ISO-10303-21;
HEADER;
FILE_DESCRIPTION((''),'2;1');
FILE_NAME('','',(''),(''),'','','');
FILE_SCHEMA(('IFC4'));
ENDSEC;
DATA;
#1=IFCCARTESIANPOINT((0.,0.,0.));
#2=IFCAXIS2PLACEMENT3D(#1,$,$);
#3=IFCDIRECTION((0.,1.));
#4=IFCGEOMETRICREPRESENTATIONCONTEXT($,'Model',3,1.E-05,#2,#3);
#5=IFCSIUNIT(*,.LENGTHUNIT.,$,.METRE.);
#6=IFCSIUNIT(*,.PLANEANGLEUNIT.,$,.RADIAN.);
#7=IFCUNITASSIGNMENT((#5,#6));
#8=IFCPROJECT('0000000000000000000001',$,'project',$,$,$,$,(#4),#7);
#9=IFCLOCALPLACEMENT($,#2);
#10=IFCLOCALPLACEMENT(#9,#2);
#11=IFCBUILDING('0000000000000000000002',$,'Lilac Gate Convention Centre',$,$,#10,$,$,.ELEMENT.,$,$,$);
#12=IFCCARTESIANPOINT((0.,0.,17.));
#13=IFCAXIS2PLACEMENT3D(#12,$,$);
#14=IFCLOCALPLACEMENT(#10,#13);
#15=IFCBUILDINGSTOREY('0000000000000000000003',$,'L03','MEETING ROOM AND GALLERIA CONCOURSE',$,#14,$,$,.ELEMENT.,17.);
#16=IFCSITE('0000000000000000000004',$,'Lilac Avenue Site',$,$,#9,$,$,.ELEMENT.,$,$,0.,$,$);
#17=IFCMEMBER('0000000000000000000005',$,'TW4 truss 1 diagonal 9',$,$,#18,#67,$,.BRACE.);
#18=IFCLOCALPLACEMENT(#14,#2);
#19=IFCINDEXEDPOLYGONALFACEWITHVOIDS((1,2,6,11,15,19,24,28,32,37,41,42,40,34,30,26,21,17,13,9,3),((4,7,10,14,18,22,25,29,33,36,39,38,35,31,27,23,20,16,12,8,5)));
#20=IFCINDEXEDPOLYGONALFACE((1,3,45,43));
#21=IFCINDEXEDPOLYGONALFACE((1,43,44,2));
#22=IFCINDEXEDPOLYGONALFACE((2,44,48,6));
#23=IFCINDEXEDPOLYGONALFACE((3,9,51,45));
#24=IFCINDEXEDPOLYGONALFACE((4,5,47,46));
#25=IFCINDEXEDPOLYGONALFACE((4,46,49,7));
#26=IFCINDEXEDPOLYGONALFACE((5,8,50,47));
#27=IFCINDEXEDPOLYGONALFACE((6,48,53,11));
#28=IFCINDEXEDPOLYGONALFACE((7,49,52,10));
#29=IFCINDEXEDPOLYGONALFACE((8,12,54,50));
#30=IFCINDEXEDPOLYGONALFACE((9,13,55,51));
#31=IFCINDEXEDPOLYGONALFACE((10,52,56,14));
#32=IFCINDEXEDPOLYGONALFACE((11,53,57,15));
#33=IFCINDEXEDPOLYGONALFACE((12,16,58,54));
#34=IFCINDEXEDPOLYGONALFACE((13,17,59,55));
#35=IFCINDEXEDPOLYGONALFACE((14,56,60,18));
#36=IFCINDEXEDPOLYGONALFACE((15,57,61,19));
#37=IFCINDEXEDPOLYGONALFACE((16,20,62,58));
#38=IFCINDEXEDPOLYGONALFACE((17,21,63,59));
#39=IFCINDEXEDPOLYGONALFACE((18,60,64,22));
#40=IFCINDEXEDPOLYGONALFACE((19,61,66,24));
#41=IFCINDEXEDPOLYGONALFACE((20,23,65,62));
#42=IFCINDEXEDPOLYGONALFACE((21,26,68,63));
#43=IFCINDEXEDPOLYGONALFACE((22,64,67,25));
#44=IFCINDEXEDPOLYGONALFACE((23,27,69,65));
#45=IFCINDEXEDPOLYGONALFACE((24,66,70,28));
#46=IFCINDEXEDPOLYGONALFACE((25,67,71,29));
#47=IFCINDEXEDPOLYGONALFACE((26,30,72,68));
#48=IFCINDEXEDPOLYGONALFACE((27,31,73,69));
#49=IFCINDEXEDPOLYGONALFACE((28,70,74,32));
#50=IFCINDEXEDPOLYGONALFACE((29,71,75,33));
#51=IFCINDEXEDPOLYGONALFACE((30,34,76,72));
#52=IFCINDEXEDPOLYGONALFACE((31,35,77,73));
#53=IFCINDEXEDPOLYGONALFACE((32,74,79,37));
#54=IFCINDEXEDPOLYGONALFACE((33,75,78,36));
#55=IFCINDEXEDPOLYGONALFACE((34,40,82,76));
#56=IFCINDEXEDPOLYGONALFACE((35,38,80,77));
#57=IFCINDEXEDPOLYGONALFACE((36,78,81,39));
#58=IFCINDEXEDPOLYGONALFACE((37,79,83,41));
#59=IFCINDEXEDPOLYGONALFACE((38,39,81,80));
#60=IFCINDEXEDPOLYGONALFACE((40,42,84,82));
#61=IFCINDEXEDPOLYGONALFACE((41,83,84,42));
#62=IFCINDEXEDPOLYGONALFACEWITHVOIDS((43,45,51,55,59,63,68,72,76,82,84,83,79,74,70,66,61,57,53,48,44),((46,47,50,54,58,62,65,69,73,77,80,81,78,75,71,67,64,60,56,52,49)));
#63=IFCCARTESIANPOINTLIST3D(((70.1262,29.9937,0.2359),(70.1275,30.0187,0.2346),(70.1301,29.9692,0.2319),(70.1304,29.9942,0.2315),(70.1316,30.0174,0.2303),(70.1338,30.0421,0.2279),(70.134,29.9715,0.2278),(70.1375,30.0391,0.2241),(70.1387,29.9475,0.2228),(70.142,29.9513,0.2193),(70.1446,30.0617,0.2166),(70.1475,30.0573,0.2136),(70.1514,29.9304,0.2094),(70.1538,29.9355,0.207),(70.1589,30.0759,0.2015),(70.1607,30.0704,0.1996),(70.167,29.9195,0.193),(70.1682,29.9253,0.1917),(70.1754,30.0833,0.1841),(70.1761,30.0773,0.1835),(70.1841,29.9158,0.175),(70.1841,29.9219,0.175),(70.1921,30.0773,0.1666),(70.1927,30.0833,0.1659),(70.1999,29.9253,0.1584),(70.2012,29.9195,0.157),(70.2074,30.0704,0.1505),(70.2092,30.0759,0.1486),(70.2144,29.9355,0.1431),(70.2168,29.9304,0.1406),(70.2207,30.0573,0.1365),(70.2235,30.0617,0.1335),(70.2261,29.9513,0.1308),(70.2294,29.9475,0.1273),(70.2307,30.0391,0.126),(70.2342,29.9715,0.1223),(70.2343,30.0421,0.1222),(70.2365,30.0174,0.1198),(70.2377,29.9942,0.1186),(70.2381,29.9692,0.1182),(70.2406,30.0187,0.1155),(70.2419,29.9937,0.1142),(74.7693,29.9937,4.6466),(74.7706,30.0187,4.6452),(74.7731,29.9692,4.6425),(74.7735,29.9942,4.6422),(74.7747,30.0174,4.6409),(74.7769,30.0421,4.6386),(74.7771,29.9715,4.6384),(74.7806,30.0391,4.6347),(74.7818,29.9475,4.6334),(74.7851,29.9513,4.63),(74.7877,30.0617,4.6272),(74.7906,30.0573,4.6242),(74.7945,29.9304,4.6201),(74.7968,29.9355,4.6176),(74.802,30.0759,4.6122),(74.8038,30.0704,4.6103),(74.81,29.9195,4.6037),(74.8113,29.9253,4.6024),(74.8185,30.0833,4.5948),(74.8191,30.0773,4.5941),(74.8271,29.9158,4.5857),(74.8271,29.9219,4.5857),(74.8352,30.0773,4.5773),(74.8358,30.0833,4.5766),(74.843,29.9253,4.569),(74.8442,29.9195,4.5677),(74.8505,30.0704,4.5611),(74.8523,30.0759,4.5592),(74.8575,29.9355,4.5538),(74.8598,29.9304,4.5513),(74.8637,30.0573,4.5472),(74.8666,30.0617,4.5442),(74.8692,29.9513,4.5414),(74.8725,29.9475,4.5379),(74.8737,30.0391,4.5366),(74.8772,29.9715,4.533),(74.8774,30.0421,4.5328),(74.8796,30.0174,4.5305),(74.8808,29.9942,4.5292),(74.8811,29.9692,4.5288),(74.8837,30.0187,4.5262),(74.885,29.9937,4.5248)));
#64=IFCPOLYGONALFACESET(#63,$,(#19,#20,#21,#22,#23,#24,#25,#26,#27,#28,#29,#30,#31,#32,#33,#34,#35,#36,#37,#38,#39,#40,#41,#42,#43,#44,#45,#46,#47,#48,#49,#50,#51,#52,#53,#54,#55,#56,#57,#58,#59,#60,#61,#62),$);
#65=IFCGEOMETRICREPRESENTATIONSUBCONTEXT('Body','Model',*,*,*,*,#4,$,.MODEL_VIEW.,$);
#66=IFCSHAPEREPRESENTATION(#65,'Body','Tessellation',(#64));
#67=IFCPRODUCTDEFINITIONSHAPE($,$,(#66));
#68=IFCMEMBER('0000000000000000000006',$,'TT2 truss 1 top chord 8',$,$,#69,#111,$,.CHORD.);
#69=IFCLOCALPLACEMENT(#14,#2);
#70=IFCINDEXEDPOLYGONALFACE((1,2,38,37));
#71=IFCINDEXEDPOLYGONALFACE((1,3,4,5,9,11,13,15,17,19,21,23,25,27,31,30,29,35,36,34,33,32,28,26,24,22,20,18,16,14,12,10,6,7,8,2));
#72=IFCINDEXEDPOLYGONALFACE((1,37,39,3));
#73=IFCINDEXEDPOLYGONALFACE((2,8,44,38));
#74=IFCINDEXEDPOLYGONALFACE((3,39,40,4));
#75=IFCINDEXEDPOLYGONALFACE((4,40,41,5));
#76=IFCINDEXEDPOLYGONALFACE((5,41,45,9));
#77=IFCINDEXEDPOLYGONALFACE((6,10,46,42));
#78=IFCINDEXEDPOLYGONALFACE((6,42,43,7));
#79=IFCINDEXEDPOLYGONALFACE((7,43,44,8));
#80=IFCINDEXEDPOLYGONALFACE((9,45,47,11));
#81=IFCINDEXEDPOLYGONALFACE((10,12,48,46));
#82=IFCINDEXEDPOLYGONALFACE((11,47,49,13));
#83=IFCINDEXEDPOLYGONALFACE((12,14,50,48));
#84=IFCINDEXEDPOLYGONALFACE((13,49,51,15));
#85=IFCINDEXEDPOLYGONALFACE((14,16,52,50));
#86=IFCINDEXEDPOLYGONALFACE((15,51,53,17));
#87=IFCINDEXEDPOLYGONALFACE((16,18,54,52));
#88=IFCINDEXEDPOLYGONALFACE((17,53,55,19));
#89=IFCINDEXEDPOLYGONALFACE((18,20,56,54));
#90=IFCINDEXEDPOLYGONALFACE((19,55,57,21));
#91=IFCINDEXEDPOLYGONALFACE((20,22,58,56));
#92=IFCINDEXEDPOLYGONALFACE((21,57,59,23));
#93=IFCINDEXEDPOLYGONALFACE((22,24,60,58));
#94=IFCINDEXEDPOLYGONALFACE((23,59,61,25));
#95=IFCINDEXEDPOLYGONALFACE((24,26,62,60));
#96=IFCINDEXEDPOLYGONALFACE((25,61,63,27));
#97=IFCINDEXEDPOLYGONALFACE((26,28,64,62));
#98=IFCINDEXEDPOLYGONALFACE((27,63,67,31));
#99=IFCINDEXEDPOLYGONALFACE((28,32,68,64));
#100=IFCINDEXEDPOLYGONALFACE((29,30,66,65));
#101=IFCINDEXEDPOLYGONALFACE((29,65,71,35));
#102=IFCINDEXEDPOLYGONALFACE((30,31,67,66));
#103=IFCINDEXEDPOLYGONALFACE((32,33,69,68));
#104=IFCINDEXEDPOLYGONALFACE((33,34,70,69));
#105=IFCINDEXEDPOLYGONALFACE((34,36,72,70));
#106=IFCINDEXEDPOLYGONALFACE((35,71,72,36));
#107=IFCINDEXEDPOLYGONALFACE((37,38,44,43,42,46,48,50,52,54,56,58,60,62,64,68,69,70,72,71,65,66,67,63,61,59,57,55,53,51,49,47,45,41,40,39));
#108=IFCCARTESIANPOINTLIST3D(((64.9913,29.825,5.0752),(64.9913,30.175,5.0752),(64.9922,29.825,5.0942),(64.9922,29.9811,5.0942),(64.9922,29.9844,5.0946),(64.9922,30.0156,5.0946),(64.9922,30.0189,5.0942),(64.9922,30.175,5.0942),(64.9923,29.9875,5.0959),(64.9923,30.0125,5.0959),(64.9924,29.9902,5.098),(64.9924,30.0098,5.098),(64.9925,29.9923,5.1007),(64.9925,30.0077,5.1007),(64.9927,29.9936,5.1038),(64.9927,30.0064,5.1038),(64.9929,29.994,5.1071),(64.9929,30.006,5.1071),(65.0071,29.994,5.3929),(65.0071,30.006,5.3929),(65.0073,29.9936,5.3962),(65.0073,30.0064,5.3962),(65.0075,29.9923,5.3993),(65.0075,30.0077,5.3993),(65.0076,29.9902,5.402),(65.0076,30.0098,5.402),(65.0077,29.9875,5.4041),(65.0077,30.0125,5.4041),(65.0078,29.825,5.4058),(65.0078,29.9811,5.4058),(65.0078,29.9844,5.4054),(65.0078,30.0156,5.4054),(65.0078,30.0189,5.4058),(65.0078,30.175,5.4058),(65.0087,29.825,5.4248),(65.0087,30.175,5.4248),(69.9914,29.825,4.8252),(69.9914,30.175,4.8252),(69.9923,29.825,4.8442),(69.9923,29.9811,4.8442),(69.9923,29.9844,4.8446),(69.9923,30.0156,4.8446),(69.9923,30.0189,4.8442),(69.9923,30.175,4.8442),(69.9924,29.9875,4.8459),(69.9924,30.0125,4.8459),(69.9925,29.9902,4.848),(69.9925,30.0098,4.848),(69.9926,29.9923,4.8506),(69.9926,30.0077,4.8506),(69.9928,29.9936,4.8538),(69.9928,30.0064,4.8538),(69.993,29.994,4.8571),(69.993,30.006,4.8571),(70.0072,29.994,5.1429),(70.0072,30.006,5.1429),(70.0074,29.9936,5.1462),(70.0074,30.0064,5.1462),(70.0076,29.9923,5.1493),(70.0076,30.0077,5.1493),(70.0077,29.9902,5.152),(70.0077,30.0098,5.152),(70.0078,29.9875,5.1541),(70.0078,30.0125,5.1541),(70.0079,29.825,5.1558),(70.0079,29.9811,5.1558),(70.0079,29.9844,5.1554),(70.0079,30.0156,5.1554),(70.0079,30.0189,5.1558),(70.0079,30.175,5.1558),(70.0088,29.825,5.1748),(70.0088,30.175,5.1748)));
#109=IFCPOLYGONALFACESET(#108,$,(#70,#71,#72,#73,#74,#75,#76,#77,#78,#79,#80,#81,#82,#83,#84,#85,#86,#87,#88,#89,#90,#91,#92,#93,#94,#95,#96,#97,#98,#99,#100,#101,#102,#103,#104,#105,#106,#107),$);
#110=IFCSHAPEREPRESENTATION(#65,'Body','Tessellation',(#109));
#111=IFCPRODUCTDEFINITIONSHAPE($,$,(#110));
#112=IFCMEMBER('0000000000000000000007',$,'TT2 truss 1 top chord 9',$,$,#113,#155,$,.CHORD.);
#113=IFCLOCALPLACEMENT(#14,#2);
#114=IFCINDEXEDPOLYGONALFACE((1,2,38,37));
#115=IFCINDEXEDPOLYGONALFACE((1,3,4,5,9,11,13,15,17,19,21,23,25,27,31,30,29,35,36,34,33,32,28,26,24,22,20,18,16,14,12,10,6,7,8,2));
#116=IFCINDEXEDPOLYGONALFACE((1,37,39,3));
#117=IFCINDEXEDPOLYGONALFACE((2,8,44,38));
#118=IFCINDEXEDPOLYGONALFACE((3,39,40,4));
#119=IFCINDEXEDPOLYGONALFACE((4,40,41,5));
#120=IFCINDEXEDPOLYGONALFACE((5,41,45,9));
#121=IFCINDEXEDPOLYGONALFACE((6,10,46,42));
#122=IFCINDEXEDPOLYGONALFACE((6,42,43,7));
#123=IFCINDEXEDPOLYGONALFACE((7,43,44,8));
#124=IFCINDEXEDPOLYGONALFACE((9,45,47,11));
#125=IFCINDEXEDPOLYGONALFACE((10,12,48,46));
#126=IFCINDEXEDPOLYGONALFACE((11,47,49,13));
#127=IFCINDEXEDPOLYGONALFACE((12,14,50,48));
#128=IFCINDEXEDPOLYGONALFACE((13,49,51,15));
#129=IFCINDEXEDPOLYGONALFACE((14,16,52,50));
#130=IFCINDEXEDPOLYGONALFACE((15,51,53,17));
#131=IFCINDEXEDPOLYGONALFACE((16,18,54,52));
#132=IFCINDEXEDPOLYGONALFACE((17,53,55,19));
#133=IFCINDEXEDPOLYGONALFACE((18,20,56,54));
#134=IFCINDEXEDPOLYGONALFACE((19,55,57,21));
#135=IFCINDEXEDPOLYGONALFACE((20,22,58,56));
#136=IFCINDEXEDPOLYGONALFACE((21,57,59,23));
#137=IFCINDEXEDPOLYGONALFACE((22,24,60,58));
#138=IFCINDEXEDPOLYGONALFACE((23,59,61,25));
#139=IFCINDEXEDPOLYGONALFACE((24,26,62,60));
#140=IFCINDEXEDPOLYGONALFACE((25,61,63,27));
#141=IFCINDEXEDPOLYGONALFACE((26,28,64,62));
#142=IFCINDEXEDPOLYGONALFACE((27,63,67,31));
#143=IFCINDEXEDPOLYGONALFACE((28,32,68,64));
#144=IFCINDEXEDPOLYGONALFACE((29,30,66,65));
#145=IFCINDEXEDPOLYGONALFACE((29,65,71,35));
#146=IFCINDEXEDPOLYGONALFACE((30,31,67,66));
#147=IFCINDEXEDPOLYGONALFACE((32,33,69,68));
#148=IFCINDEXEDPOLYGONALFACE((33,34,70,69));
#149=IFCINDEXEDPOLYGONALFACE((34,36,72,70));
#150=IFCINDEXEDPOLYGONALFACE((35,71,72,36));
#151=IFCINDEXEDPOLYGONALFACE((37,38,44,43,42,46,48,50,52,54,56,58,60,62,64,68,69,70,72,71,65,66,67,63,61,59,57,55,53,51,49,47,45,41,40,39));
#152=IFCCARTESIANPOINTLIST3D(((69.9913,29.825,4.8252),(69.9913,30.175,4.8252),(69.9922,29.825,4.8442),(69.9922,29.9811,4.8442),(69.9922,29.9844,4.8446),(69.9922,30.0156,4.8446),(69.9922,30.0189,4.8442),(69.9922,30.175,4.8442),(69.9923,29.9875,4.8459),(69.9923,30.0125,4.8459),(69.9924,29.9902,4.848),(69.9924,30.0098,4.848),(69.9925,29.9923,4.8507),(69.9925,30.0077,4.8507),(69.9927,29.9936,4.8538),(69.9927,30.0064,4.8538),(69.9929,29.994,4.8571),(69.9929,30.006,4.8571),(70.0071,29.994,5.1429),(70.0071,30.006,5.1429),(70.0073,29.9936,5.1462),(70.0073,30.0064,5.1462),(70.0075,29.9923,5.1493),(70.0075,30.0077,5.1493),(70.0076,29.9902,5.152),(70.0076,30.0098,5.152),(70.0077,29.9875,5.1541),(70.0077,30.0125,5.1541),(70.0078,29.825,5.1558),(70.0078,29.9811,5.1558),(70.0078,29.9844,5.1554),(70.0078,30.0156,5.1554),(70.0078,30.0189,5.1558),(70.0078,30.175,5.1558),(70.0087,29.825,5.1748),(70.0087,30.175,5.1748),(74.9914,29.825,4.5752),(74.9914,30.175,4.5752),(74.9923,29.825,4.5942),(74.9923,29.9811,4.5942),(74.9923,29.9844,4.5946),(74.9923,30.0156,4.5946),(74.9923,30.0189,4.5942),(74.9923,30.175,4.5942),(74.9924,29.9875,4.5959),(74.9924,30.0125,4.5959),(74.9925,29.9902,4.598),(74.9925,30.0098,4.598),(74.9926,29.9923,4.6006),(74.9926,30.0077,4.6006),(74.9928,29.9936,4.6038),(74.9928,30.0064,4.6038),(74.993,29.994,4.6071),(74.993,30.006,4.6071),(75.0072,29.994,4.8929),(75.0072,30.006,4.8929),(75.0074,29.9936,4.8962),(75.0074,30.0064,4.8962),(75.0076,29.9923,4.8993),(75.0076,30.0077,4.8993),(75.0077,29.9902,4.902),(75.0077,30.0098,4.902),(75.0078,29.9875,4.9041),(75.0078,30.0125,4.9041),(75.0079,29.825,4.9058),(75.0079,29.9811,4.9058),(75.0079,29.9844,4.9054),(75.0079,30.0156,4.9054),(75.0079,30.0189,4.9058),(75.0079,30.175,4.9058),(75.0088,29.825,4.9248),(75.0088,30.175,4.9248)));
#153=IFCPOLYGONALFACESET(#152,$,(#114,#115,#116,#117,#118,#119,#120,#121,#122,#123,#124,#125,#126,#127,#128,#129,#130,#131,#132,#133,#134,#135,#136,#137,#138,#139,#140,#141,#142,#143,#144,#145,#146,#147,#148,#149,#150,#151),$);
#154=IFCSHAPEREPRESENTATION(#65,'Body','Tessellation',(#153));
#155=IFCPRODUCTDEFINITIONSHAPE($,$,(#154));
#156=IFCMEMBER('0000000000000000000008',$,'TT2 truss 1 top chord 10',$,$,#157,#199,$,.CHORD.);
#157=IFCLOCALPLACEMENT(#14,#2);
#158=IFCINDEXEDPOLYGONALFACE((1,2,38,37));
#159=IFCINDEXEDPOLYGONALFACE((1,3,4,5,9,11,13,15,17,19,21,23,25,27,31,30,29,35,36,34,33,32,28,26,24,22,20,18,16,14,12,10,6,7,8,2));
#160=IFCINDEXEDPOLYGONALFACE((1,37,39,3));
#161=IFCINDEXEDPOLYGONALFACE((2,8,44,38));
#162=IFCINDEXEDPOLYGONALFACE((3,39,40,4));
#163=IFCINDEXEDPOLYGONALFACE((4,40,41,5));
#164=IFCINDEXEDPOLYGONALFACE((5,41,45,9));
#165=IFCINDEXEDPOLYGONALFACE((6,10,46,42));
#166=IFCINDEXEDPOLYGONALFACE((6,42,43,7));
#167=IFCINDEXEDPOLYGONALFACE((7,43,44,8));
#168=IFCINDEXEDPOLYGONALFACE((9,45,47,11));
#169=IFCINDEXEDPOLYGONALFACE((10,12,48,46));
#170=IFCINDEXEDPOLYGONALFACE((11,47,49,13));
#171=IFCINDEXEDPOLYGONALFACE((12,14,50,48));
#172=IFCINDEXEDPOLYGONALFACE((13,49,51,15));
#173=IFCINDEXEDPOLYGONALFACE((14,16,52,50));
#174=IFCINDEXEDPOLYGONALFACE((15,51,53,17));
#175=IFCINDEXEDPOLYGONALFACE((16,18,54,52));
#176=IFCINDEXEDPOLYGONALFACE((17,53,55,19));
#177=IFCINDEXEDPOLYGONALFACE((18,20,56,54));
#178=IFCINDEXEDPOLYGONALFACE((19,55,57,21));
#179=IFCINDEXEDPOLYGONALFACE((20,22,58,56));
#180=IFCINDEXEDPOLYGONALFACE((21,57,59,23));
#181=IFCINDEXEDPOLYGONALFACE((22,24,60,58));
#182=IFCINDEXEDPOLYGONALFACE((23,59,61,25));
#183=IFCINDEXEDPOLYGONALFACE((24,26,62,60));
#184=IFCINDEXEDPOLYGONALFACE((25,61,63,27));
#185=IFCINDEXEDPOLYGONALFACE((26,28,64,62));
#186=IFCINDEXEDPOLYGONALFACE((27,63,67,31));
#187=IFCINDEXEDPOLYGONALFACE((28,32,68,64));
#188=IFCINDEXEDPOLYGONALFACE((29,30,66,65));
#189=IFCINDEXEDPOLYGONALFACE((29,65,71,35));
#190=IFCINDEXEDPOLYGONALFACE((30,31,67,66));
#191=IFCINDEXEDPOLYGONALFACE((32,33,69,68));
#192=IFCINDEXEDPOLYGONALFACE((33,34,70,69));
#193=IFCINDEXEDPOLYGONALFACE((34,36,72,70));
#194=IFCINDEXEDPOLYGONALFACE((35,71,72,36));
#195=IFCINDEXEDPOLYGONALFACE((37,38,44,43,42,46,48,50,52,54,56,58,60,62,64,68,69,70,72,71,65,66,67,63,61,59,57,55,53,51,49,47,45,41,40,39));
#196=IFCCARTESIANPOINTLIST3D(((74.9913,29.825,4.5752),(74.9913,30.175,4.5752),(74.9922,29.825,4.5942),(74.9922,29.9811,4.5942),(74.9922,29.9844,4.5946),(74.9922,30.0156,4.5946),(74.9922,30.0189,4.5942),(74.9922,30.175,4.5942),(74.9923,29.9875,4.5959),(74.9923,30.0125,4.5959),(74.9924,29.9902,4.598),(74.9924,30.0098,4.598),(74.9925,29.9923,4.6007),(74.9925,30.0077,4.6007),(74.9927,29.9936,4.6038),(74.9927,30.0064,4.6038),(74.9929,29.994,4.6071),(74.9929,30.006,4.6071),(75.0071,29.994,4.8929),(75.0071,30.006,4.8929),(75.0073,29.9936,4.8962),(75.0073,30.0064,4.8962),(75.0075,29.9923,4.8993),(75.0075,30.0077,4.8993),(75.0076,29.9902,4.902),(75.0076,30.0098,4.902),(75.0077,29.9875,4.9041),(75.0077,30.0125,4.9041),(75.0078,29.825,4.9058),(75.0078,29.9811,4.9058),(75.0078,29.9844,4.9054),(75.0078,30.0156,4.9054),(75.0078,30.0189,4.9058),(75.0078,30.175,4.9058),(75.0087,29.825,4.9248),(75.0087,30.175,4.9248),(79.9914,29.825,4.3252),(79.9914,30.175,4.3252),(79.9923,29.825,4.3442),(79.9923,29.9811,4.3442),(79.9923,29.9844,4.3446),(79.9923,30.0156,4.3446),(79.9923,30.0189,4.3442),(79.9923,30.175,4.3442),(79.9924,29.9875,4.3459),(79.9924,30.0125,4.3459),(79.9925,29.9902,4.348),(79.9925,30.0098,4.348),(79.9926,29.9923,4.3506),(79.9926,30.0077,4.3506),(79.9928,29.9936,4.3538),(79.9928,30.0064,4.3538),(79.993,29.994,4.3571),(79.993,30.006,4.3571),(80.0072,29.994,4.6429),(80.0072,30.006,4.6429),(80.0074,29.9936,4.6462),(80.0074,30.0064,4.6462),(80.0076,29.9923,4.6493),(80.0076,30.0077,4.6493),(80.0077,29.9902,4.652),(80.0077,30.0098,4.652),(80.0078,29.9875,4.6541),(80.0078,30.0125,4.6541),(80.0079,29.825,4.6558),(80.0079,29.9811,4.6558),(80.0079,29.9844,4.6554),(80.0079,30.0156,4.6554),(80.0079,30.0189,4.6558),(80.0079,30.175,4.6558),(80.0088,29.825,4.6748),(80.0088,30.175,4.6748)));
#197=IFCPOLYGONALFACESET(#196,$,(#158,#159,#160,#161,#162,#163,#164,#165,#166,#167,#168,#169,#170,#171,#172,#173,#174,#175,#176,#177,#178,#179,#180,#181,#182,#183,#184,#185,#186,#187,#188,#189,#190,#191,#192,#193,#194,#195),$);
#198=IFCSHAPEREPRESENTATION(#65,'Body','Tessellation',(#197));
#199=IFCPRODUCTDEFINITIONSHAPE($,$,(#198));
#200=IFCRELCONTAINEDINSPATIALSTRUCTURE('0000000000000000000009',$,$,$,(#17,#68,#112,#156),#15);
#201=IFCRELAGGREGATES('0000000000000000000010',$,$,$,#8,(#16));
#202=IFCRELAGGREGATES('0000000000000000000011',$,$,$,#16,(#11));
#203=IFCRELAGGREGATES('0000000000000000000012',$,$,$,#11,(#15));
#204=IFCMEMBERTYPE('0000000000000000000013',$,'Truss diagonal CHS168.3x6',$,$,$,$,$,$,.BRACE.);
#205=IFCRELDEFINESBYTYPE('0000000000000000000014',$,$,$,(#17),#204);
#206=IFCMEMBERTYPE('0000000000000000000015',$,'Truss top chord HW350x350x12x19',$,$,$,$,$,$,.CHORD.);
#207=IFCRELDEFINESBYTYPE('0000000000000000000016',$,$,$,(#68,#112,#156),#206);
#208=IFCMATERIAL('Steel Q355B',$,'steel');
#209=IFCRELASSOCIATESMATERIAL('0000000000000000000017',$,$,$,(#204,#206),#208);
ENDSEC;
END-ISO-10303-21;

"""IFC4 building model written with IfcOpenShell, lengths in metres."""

from ifc_helpers import new_model, si_unit, direction, frame, origin, origin_2d, place, context, subcontext, project, spatial, hollow_circle, i_section, extrude, material, material_profile, profile_set, type_object, element, save


model = new_model("IFC4")

# Units and contexts
model_context = context("Model", 3, precision=1e-05, world=origin(), true_north=direction((0.0, 1.0)))
body_context = subcontext(model_context, "Body", "Model", "MODEL_VIEW")
ifc_project = project(units=[si_unit("LENGTHUNIT", "METRE"), si_unit("PLANEANGLEUNIT", "RADIAN")], contexts=[model_context])

# Site, building, storey
site_placement = place(None, origin())
site = spatial("IfcSite", under=ifc_project, at=site_placement, Name="Lilac Avenue Site", CompositionType="ELEMENT", RefElevation=0.0)
building_placement = place(site_placement, origin())
building = spatial("IfcBuilding", under=site, at=building_placement, Name="Lilac Gate Convention Centre", CompositionType="ELEMENT")
storey_placement = place(building_placement, frame((0.0, 0.0, 17.0)))
storey = spatial("IfcBuildingStorey", under=building, at=storey_placement, Name="L03", Description="MEETING ROOM AND GALLERIA CONCOURSE", CompositionType="ELEMENT", Elevation=17.0)

# Members
ifc_material = material(Name="Steel Q355B", Category="steel")
ifc_material_profile_1 = material_profile(ifc_material, hollow_circle(Radius=0.0842, WallThickness=0.0061, at=origin_2d()), Name="CHS168.3x6")
ifc_profile_set_1 = profile_set([ifc_material_profile_1], Name="Steel Q355B")
member_type_1 = type_object("IfcMemberType", Name="Truss diagonal CHS168.3x6", PredefinedType="BRACE", material=ifc_profile_set_1)
member_1_placement = place(storey_placement, frame((74.8271, 30.0, 4.5857), z_axis=(-0.72502, 0.0, -0.688727), x_axis=(0.0, -1.0, 0.0)))
element("IfcMember", 1, at=member_1_placement, inside=storey, type_object=member_type_1, Name="TW4 truss 1 diagonal 9", PredefinedType="BRACE", context=body_context, shape_type="SweptSolid", body=[
    extrude(hollow_circle(Radius=0.0842, WallThickness=0.0061, at=origin_2d()), origin(), (0.0, 0.0, 1.0), 6.4041),
])
ifc_material_profile_2 = material_profile(ifc_material, i_section(OverallWidth=0.3501, OverallDepth=0.3501, WebThickness=0.012, FlangeThickness=0.019, FilletRadius=0.0129, at=origin_2d()), Name="HW350x350x12x19")
ifc_profile_set_2 = profile_set([ifc_material_profile_2], Name="Steel Q355B")
member_type_2 = type_object("IfcMemberType", Name="Truss top chord HW350x350x12x19", PredefinedType="CHORD", material=ifc_profile_set_2)
for number, where, z_axis, x_axis, name in (
    (2, (65.0, 30.0, 5.25), (0.998752, 0.0, -0.049938), (0.0, 1.0, 0.0), "TT2 truss 1 top chord 8"),
    (3, (70.0, 30.0, 5.0), (0.998752, 0.0, -0.049938), (0.0, 1.0, 0.0), "TT2 truss 1 top chord 9"),
    (4, (75.0, 30.0, 4.75), (0.998752, 0.0, -0.049938), (0.0, 1.0, 0.0), "TT2 truss 1 top chord 10"),
):
    element("IfcMember", number, at=place(storey_placement, frame(where, z_axis=z_axis, x_axis=x_axis)), inside=storey, type_object=member_type_2, Name=name, PredefinedType="CHORD", context=body_context, shape_type="SweptSolid", body=[
        extrude(i_section(OverallWidth=0.3501, OverallDepth=0.3501, WebThickness=0.012, FlangeThickness=0.019, FilletRadius=0.0129, at=origin_2d()), origin(), (0.0, 0.0, 1.0), 5.0063),
    ])

save(model, "model.ifc")
